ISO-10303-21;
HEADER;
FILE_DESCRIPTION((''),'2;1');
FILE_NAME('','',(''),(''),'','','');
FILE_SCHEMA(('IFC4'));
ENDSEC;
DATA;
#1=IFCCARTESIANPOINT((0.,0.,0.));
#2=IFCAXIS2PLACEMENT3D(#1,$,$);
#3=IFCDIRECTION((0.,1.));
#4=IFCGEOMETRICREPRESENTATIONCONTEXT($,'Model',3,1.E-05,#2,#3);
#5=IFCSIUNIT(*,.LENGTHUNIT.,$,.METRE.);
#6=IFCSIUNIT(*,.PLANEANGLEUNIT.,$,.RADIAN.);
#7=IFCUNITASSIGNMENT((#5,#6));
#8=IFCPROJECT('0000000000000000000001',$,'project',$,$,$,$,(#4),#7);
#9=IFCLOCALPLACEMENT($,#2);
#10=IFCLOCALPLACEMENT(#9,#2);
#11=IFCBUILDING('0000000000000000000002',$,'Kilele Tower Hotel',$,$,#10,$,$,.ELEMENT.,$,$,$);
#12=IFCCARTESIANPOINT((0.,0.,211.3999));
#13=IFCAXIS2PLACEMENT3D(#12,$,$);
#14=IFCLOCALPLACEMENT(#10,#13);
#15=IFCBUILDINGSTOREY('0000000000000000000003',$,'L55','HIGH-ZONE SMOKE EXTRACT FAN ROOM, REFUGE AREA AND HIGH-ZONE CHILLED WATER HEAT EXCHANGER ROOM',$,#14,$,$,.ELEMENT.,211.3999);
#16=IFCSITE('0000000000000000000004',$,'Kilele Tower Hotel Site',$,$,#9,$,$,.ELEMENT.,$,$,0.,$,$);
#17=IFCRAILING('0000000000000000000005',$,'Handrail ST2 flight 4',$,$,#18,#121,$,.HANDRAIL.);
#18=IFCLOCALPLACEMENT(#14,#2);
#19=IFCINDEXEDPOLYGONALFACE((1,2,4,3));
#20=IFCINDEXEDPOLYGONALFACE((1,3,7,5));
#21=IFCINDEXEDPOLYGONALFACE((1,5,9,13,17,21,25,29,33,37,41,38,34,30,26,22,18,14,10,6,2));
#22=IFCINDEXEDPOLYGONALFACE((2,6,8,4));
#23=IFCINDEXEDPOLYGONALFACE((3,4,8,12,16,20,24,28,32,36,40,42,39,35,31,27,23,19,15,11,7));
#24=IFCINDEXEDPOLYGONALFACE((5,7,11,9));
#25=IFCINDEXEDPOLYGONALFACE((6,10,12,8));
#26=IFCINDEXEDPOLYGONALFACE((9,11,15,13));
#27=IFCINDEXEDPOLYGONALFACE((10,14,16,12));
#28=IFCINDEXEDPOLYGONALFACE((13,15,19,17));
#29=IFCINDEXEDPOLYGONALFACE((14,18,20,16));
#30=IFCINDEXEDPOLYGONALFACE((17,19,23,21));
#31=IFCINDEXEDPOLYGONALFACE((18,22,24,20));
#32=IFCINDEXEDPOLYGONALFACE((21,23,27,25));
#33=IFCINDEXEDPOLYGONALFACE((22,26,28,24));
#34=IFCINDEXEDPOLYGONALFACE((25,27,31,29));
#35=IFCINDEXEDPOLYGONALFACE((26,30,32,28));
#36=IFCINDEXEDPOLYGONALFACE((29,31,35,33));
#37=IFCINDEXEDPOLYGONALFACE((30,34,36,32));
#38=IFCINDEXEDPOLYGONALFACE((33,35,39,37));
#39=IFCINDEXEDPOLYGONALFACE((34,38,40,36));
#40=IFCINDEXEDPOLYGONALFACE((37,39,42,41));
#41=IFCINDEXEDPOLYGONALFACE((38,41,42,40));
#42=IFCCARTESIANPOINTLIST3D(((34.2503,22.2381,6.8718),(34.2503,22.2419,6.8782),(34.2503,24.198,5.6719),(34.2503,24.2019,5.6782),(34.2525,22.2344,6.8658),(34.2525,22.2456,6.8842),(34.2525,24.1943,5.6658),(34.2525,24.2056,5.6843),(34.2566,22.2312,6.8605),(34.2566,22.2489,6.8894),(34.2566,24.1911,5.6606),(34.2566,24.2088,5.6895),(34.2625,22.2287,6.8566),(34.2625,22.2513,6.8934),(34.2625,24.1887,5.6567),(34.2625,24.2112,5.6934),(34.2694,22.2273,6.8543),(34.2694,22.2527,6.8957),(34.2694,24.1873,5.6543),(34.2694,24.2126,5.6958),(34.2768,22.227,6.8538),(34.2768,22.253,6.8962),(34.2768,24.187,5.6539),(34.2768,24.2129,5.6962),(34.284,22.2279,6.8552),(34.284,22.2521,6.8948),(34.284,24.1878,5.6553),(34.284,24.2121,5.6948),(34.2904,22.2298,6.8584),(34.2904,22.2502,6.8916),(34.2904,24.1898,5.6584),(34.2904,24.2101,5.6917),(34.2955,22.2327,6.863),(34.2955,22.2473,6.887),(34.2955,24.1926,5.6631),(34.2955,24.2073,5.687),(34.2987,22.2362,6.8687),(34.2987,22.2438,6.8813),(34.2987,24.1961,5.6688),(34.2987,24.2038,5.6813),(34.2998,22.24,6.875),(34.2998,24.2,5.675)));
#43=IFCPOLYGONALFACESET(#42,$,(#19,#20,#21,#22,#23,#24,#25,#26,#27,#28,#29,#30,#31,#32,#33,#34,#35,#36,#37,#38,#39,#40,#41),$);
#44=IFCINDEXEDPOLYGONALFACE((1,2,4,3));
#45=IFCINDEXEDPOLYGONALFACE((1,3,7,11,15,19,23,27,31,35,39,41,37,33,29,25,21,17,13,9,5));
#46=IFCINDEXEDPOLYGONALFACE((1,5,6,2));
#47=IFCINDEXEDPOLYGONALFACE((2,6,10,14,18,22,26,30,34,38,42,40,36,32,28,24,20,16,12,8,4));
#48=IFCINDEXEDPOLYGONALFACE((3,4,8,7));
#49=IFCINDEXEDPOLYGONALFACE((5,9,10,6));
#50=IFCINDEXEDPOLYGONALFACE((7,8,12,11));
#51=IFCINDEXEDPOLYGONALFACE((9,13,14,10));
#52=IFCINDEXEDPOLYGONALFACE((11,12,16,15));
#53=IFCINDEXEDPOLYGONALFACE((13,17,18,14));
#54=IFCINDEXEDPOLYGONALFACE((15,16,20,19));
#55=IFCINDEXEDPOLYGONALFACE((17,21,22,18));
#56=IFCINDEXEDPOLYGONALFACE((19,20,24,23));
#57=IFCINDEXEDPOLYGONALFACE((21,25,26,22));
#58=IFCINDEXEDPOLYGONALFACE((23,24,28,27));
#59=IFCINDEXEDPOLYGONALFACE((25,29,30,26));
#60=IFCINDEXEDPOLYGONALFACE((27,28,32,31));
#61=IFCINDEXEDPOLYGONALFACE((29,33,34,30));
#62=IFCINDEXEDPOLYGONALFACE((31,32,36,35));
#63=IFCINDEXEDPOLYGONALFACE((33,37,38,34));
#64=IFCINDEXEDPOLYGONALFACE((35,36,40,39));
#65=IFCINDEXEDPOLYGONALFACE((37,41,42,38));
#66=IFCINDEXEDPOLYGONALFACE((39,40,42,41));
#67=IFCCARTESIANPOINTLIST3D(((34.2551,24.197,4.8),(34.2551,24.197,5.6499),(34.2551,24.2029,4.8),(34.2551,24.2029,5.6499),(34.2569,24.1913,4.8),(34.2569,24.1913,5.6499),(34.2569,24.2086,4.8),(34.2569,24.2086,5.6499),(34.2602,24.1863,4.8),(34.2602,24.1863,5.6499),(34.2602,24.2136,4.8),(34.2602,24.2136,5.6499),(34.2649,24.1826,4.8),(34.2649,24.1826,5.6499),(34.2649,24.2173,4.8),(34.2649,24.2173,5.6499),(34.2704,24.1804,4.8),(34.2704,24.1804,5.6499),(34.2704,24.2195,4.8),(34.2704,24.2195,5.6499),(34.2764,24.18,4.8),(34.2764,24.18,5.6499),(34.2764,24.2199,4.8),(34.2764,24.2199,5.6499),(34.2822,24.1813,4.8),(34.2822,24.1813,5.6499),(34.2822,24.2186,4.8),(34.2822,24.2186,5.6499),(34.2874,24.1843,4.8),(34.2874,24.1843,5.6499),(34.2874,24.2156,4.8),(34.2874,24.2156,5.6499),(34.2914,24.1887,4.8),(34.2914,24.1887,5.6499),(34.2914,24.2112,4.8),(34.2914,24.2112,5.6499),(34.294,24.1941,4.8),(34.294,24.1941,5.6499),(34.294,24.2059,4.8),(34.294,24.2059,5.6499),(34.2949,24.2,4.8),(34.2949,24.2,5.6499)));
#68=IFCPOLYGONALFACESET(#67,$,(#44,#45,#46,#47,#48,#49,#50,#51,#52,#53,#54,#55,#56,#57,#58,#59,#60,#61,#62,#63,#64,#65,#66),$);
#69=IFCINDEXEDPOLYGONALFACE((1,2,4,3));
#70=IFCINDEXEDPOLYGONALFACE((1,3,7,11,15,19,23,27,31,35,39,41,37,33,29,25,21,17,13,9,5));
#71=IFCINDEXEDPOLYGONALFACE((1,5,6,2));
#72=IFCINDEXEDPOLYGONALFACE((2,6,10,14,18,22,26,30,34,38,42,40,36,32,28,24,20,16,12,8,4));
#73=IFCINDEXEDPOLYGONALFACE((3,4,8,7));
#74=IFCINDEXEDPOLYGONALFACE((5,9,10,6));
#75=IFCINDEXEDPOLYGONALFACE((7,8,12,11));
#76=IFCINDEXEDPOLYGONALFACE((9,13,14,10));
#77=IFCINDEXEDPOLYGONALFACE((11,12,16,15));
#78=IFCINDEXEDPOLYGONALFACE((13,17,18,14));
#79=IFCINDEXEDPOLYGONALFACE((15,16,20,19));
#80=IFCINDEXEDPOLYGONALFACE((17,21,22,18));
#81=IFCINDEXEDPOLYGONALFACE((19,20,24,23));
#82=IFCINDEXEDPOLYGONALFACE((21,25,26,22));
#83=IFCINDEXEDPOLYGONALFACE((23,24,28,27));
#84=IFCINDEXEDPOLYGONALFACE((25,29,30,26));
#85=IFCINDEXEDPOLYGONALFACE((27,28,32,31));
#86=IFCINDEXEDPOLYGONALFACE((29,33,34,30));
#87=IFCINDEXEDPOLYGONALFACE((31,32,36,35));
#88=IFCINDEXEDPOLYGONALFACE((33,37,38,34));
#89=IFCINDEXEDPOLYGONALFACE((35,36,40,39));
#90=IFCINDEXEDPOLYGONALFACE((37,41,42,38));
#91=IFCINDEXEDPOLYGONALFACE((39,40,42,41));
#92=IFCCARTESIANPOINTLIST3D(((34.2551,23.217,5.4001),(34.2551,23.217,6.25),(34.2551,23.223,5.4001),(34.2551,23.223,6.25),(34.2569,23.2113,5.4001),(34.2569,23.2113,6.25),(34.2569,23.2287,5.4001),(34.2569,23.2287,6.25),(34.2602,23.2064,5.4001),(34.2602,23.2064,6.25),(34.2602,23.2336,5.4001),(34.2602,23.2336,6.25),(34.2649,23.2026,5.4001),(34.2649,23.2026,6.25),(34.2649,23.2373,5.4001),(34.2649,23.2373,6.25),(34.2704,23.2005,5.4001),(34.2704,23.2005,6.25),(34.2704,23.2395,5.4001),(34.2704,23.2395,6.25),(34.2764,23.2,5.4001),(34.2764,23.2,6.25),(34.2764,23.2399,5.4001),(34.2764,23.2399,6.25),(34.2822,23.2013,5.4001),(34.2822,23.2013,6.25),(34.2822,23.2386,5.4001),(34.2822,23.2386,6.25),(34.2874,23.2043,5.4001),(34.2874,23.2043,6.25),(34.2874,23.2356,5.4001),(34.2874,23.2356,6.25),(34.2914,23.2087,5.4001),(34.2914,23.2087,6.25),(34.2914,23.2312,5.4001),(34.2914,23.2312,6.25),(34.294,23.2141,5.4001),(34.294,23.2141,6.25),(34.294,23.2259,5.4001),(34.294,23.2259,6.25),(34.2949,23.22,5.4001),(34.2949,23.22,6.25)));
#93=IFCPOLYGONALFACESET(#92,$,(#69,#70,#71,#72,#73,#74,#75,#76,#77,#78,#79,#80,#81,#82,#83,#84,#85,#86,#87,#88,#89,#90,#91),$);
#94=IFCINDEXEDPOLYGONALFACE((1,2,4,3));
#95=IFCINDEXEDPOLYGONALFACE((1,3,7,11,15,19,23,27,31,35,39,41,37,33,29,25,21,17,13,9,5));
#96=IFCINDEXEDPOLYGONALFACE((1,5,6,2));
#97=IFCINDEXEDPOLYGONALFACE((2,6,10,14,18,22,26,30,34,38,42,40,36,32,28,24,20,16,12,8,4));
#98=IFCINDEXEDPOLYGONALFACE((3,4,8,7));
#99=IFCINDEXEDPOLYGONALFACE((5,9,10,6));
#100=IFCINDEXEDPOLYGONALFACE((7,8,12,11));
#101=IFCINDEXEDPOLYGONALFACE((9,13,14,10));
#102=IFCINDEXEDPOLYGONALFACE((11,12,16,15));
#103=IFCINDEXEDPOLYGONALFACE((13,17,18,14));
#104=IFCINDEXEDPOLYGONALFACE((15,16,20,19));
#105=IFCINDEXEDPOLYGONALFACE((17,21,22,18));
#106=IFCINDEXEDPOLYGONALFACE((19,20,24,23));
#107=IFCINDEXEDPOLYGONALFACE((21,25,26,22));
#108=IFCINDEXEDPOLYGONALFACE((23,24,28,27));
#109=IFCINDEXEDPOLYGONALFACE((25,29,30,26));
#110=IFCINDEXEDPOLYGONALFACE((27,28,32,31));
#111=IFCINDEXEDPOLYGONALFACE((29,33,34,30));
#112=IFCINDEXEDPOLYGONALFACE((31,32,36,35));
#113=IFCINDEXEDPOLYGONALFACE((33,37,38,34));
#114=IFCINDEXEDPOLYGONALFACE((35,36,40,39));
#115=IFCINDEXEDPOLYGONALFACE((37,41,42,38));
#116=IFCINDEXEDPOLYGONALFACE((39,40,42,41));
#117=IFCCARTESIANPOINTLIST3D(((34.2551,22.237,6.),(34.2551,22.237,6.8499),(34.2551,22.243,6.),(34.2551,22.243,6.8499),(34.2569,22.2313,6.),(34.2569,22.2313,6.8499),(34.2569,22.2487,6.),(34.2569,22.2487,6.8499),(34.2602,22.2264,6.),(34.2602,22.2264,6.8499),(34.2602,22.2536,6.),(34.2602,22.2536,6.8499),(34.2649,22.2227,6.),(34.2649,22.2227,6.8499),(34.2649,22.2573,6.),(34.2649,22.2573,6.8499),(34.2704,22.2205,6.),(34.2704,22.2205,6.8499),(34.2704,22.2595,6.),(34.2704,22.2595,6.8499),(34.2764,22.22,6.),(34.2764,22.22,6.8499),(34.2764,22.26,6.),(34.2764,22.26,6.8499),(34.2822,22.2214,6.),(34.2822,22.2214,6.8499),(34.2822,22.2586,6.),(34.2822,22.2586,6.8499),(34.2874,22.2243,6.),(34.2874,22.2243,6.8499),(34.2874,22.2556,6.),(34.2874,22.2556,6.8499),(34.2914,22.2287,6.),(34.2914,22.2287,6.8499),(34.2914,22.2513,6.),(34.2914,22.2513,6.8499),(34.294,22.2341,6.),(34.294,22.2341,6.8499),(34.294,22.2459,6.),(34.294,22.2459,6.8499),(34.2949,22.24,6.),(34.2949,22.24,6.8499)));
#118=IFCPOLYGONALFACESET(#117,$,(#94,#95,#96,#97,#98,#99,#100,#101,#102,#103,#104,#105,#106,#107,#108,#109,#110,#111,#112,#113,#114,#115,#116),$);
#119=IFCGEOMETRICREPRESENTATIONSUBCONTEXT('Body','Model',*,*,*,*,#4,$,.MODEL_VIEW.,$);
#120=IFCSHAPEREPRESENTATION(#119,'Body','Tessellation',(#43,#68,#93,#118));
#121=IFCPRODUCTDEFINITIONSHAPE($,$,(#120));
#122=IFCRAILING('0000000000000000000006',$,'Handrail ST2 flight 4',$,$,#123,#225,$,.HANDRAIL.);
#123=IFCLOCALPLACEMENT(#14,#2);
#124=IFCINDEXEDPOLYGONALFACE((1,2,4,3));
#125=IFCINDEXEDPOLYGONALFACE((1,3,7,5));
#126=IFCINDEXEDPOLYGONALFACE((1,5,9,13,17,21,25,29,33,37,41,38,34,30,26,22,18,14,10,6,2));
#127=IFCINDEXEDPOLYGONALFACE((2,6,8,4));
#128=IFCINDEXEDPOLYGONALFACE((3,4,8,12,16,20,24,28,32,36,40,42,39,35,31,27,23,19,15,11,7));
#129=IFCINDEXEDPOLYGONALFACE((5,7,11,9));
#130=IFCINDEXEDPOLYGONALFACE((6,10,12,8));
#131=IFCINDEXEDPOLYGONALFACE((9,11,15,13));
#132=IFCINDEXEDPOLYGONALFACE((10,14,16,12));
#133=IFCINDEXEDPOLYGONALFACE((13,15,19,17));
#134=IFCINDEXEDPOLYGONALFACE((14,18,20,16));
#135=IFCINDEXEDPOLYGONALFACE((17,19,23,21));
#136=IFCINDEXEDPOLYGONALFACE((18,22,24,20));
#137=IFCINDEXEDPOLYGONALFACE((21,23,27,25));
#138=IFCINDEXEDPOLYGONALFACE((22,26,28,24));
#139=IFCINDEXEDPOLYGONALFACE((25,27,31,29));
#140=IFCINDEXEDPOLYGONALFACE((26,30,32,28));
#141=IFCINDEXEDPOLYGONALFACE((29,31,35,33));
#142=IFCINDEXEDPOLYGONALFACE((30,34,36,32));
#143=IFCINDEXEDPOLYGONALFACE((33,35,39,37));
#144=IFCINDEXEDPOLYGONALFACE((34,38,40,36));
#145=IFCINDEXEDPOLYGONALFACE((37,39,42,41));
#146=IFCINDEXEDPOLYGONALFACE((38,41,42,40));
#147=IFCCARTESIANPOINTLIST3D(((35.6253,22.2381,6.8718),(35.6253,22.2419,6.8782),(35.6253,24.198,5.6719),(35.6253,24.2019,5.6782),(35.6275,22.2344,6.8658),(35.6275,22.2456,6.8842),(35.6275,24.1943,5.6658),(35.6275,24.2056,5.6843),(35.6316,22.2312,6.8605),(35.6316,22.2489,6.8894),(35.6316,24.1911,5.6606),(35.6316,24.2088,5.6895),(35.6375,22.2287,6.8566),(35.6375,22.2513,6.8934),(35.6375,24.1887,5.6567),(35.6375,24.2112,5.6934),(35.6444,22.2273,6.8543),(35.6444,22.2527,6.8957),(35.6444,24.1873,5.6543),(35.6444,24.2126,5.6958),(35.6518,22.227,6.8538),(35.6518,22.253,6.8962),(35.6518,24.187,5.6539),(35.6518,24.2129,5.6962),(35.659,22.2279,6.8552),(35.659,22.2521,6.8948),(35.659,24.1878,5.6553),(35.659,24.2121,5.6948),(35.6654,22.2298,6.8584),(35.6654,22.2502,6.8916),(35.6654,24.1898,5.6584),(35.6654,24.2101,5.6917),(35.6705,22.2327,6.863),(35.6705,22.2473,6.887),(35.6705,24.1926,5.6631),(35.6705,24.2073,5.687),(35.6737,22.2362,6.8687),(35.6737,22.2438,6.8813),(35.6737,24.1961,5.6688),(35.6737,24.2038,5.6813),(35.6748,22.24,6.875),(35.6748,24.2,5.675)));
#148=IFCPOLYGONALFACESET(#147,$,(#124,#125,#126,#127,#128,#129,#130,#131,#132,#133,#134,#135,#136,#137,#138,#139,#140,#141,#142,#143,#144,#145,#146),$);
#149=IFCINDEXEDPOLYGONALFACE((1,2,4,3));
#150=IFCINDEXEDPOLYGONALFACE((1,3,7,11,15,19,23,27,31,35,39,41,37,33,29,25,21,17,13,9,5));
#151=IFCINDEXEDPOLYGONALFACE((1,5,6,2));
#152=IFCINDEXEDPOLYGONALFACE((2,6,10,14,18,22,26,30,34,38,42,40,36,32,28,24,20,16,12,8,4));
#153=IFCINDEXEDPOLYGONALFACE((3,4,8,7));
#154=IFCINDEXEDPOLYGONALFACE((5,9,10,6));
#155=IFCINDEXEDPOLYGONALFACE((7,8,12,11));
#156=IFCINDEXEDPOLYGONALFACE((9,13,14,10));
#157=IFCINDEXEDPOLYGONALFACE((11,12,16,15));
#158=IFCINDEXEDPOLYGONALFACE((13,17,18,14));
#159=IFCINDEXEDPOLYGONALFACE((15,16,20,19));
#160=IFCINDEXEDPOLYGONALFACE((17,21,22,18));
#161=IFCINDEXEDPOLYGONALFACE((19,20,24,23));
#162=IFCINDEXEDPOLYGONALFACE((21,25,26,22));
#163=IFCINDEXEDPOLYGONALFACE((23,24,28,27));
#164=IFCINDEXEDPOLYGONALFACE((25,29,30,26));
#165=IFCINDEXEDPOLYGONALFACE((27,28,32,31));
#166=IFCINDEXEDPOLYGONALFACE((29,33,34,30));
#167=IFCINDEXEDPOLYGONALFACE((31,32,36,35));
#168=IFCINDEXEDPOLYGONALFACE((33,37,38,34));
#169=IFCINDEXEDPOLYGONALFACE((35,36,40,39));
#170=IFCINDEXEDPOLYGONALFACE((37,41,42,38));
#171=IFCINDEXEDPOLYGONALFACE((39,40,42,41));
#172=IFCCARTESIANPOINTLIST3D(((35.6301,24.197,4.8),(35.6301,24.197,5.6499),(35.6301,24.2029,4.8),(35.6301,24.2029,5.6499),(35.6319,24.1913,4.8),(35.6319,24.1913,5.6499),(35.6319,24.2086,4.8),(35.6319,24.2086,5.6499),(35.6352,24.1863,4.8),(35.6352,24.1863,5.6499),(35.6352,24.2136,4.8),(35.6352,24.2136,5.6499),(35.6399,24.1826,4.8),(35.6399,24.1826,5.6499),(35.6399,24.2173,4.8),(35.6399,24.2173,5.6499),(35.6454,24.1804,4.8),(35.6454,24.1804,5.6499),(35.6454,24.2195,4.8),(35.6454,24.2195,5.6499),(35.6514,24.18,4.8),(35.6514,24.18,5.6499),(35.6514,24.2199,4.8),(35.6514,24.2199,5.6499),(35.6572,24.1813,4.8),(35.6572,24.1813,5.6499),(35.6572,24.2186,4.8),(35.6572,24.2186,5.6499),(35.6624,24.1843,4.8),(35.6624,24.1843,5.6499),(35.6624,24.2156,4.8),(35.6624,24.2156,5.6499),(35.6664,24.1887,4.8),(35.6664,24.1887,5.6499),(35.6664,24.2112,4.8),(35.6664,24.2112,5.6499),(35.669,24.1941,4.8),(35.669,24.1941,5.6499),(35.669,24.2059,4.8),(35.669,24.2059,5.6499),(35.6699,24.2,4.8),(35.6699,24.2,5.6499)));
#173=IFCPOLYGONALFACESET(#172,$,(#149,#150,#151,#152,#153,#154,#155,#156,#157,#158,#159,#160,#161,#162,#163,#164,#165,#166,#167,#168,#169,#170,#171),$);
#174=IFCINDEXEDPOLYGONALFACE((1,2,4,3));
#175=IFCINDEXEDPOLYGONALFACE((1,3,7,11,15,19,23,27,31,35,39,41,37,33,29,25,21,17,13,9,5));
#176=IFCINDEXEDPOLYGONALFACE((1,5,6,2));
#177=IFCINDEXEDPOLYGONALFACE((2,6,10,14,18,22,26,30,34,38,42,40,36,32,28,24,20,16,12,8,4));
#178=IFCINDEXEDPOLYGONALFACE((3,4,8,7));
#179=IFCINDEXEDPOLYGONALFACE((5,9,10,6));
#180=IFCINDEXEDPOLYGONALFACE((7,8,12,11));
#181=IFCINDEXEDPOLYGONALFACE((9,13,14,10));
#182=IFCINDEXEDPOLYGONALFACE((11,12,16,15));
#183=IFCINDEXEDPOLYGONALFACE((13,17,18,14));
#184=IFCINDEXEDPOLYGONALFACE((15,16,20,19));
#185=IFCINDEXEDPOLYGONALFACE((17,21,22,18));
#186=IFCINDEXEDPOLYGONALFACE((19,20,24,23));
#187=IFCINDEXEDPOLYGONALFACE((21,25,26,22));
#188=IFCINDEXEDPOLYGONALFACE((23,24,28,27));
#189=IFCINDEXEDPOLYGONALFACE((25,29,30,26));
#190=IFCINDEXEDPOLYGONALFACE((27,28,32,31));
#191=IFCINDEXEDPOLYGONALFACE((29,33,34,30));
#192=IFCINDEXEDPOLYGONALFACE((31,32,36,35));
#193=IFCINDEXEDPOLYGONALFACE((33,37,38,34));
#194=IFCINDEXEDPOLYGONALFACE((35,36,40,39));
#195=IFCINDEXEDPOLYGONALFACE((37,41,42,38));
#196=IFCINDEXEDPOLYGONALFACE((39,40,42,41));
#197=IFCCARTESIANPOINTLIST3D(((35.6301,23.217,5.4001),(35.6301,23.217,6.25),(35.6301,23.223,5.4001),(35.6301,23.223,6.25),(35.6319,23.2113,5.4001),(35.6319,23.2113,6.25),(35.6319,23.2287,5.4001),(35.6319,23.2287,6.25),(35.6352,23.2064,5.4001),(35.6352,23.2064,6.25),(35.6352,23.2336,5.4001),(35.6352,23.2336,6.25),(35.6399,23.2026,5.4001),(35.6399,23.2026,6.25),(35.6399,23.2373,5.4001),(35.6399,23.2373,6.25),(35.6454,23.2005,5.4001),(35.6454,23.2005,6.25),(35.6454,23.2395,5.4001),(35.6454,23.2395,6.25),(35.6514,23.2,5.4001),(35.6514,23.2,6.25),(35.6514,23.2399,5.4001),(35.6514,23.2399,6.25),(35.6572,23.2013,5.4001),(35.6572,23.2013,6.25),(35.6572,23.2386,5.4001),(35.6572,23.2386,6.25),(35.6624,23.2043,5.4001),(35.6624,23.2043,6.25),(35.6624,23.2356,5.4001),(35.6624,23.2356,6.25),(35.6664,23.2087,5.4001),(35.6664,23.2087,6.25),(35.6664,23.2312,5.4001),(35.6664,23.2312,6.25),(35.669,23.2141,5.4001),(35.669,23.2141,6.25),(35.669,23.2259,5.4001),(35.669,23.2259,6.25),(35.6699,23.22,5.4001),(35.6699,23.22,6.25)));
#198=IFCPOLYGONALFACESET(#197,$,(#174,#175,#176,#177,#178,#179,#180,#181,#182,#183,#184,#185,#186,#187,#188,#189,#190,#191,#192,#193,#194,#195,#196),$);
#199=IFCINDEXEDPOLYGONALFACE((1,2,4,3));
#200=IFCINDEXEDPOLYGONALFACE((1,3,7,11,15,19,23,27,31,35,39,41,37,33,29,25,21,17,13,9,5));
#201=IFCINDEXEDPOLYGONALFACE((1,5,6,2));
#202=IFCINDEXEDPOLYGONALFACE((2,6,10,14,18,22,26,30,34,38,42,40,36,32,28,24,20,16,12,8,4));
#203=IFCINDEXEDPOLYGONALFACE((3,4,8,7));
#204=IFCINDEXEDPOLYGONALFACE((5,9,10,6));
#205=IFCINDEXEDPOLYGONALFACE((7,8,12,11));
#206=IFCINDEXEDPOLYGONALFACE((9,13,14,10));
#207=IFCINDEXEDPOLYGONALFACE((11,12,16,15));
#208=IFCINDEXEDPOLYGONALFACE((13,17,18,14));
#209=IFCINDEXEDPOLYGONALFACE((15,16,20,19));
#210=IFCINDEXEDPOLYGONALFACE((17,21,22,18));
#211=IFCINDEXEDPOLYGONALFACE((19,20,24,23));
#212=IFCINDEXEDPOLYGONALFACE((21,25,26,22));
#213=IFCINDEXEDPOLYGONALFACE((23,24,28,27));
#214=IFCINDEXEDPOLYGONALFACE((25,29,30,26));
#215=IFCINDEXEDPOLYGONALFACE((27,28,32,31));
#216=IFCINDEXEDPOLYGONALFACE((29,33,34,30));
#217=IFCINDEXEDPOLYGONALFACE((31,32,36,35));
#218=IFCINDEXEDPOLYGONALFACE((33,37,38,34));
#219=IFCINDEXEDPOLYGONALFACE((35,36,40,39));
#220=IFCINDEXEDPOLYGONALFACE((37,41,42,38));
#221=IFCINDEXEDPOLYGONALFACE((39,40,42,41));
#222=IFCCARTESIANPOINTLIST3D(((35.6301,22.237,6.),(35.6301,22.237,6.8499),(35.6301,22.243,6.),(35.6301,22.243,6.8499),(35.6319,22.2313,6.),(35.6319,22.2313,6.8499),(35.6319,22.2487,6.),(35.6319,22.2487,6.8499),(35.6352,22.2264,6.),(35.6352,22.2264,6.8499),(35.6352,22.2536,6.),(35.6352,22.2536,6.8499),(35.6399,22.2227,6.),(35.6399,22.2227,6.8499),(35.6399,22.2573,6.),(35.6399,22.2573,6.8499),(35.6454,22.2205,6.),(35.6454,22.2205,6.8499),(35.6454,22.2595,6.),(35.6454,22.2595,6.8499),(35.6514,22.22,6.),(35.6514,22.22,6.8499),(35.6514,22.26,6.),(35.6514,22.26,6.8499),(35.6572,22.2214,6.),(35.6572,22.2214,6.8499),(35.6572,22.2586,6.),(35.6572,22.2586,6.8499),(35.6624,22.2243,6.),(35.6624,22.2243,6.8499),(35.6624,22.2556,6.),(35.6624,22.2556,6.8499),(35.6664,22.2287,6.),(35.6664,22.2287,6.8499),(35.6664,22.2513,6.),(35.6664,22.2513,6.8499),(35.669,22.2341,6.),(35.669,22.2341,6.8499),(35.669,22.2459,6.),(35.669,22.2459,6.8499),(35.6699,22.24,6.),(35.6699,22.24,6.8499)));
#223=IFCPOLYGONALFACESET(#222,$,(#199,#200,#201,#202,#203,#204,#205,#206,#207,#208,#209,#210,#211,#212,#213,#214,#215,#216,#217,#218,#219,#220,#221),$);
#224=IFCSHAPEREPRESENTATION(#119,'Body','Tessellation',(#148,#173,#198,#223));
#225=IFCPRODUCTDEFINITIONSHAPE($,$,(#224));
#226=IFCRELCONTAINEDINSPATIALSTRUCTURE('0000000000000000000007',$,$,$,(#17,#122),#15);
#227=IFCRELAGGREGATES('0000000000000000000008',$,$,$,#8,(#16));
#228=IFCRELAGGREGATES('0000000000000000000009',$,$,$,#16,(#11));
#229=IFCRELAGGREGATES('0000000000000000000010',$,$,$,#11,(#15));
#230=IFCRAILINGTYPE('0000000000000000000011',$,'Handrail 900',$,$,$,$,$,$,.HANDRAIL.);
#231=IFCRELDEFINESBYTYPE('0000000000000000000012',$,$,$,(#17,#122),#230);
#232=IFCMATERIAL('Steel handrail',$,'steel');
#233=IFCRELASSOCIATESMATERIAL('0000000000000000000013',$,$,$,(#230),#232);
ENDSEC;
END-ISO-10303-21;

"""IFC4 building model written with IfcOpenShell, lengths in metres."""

from ifc_helpers import new_model, si_unit, direction, frame, origin, origin_2d, place, context, subcontext, project, spatial, circle, extrude, material, type_object, element, save


model = new_model("IFC4")

# Units and contexts
model_context = context("Model", 3, precision=1e-05, world=origin(), true_north=direction((0.0, 1.0)))
body_context = subcontext(model_context, "Body", "Model", "MODEL_VIEW")
ifc_project = project(units=[si_unit("LENGTHUNIT", "METRE"), si_unit("PLANEANGLEUNIT", "RADIAN")], contexts=[model_context])

# Site, building, storey
site_placement = place(None, origin())
site = spatial("IfcSite", under=ifc_project, at=site_placement, Name="Kilele Tower Hotel Site", CompositionType="ELEMENT", RefElevation=0.0)
building_placement = place(site_placement, origin())
building = spatial("IfcBuilding", under=site, at=building_placement, Name="Kilele Tower Hotel", CompositionType="ELEMENT")
storey_placement = place(building_placement, frame((0.0, 0.0, 211.3999)))
storey = spatial("IfcBuildingStorey", under=building, at=storey_placement, Name="L55", Description="HIGH-ZONE SMOKE EXTRACT FAN ROOM, REFUGE AREA AND HIGH-ZONE CHILLED WATER HEAT EXCHANGER ROOM", CompositionType="ELEMENT", Elevation=211.3999)

# Railings
ifc_material_1 = material(Name="Steel handrail", Category="steel")
railing_type_1 = type_object("IfcRailingType", Name="Handrail 900", PredefinedType="HANDRAIL", material=ifc_material_1)
for number, where, name in (
    (1, (34.2749, 24.2, 4.8), "Handrail ST2 flight 4"),
    (2, (35.6499, 24.2, 4.8), "Handrail ST2 flight 4"),
):
    element("IfcRailing", number, at=place(storey_placement, frame(where)), inside=storey, type_object=railing_type_1, Name=name, PredefinedType="HANDRAIL", context=body_context, shape_type="SweptSolid", body=[
        extrude(circle(Radius=0.0249, at=origin_2d()), frame((0.0, 0.0, 0.875), z_axis=(0.0, -0.852856, 0.522146), x_axis=(1.0, 0.0, 0.0)), (0.0, 0.0, 1.0), 2.2981),
        extrude(circle(Radius=0.02, at=origin_2d()), origin(), (0.0, 0.0, 1.0), 0.8499),
        extrude(circle(Radius=0.02, at=origin_2d()), frame((0.0, -0.98, 0.6001)), (0.0, 0.0, 1.0), 0.8499),
        extrude(circle(Radius=0.02, at=origin_2d()), frame((0.0, -1.96, 1.2)), (0.0, 0.0, 1.0), 0.8499),
    ])

save(model, "model.ifc")
